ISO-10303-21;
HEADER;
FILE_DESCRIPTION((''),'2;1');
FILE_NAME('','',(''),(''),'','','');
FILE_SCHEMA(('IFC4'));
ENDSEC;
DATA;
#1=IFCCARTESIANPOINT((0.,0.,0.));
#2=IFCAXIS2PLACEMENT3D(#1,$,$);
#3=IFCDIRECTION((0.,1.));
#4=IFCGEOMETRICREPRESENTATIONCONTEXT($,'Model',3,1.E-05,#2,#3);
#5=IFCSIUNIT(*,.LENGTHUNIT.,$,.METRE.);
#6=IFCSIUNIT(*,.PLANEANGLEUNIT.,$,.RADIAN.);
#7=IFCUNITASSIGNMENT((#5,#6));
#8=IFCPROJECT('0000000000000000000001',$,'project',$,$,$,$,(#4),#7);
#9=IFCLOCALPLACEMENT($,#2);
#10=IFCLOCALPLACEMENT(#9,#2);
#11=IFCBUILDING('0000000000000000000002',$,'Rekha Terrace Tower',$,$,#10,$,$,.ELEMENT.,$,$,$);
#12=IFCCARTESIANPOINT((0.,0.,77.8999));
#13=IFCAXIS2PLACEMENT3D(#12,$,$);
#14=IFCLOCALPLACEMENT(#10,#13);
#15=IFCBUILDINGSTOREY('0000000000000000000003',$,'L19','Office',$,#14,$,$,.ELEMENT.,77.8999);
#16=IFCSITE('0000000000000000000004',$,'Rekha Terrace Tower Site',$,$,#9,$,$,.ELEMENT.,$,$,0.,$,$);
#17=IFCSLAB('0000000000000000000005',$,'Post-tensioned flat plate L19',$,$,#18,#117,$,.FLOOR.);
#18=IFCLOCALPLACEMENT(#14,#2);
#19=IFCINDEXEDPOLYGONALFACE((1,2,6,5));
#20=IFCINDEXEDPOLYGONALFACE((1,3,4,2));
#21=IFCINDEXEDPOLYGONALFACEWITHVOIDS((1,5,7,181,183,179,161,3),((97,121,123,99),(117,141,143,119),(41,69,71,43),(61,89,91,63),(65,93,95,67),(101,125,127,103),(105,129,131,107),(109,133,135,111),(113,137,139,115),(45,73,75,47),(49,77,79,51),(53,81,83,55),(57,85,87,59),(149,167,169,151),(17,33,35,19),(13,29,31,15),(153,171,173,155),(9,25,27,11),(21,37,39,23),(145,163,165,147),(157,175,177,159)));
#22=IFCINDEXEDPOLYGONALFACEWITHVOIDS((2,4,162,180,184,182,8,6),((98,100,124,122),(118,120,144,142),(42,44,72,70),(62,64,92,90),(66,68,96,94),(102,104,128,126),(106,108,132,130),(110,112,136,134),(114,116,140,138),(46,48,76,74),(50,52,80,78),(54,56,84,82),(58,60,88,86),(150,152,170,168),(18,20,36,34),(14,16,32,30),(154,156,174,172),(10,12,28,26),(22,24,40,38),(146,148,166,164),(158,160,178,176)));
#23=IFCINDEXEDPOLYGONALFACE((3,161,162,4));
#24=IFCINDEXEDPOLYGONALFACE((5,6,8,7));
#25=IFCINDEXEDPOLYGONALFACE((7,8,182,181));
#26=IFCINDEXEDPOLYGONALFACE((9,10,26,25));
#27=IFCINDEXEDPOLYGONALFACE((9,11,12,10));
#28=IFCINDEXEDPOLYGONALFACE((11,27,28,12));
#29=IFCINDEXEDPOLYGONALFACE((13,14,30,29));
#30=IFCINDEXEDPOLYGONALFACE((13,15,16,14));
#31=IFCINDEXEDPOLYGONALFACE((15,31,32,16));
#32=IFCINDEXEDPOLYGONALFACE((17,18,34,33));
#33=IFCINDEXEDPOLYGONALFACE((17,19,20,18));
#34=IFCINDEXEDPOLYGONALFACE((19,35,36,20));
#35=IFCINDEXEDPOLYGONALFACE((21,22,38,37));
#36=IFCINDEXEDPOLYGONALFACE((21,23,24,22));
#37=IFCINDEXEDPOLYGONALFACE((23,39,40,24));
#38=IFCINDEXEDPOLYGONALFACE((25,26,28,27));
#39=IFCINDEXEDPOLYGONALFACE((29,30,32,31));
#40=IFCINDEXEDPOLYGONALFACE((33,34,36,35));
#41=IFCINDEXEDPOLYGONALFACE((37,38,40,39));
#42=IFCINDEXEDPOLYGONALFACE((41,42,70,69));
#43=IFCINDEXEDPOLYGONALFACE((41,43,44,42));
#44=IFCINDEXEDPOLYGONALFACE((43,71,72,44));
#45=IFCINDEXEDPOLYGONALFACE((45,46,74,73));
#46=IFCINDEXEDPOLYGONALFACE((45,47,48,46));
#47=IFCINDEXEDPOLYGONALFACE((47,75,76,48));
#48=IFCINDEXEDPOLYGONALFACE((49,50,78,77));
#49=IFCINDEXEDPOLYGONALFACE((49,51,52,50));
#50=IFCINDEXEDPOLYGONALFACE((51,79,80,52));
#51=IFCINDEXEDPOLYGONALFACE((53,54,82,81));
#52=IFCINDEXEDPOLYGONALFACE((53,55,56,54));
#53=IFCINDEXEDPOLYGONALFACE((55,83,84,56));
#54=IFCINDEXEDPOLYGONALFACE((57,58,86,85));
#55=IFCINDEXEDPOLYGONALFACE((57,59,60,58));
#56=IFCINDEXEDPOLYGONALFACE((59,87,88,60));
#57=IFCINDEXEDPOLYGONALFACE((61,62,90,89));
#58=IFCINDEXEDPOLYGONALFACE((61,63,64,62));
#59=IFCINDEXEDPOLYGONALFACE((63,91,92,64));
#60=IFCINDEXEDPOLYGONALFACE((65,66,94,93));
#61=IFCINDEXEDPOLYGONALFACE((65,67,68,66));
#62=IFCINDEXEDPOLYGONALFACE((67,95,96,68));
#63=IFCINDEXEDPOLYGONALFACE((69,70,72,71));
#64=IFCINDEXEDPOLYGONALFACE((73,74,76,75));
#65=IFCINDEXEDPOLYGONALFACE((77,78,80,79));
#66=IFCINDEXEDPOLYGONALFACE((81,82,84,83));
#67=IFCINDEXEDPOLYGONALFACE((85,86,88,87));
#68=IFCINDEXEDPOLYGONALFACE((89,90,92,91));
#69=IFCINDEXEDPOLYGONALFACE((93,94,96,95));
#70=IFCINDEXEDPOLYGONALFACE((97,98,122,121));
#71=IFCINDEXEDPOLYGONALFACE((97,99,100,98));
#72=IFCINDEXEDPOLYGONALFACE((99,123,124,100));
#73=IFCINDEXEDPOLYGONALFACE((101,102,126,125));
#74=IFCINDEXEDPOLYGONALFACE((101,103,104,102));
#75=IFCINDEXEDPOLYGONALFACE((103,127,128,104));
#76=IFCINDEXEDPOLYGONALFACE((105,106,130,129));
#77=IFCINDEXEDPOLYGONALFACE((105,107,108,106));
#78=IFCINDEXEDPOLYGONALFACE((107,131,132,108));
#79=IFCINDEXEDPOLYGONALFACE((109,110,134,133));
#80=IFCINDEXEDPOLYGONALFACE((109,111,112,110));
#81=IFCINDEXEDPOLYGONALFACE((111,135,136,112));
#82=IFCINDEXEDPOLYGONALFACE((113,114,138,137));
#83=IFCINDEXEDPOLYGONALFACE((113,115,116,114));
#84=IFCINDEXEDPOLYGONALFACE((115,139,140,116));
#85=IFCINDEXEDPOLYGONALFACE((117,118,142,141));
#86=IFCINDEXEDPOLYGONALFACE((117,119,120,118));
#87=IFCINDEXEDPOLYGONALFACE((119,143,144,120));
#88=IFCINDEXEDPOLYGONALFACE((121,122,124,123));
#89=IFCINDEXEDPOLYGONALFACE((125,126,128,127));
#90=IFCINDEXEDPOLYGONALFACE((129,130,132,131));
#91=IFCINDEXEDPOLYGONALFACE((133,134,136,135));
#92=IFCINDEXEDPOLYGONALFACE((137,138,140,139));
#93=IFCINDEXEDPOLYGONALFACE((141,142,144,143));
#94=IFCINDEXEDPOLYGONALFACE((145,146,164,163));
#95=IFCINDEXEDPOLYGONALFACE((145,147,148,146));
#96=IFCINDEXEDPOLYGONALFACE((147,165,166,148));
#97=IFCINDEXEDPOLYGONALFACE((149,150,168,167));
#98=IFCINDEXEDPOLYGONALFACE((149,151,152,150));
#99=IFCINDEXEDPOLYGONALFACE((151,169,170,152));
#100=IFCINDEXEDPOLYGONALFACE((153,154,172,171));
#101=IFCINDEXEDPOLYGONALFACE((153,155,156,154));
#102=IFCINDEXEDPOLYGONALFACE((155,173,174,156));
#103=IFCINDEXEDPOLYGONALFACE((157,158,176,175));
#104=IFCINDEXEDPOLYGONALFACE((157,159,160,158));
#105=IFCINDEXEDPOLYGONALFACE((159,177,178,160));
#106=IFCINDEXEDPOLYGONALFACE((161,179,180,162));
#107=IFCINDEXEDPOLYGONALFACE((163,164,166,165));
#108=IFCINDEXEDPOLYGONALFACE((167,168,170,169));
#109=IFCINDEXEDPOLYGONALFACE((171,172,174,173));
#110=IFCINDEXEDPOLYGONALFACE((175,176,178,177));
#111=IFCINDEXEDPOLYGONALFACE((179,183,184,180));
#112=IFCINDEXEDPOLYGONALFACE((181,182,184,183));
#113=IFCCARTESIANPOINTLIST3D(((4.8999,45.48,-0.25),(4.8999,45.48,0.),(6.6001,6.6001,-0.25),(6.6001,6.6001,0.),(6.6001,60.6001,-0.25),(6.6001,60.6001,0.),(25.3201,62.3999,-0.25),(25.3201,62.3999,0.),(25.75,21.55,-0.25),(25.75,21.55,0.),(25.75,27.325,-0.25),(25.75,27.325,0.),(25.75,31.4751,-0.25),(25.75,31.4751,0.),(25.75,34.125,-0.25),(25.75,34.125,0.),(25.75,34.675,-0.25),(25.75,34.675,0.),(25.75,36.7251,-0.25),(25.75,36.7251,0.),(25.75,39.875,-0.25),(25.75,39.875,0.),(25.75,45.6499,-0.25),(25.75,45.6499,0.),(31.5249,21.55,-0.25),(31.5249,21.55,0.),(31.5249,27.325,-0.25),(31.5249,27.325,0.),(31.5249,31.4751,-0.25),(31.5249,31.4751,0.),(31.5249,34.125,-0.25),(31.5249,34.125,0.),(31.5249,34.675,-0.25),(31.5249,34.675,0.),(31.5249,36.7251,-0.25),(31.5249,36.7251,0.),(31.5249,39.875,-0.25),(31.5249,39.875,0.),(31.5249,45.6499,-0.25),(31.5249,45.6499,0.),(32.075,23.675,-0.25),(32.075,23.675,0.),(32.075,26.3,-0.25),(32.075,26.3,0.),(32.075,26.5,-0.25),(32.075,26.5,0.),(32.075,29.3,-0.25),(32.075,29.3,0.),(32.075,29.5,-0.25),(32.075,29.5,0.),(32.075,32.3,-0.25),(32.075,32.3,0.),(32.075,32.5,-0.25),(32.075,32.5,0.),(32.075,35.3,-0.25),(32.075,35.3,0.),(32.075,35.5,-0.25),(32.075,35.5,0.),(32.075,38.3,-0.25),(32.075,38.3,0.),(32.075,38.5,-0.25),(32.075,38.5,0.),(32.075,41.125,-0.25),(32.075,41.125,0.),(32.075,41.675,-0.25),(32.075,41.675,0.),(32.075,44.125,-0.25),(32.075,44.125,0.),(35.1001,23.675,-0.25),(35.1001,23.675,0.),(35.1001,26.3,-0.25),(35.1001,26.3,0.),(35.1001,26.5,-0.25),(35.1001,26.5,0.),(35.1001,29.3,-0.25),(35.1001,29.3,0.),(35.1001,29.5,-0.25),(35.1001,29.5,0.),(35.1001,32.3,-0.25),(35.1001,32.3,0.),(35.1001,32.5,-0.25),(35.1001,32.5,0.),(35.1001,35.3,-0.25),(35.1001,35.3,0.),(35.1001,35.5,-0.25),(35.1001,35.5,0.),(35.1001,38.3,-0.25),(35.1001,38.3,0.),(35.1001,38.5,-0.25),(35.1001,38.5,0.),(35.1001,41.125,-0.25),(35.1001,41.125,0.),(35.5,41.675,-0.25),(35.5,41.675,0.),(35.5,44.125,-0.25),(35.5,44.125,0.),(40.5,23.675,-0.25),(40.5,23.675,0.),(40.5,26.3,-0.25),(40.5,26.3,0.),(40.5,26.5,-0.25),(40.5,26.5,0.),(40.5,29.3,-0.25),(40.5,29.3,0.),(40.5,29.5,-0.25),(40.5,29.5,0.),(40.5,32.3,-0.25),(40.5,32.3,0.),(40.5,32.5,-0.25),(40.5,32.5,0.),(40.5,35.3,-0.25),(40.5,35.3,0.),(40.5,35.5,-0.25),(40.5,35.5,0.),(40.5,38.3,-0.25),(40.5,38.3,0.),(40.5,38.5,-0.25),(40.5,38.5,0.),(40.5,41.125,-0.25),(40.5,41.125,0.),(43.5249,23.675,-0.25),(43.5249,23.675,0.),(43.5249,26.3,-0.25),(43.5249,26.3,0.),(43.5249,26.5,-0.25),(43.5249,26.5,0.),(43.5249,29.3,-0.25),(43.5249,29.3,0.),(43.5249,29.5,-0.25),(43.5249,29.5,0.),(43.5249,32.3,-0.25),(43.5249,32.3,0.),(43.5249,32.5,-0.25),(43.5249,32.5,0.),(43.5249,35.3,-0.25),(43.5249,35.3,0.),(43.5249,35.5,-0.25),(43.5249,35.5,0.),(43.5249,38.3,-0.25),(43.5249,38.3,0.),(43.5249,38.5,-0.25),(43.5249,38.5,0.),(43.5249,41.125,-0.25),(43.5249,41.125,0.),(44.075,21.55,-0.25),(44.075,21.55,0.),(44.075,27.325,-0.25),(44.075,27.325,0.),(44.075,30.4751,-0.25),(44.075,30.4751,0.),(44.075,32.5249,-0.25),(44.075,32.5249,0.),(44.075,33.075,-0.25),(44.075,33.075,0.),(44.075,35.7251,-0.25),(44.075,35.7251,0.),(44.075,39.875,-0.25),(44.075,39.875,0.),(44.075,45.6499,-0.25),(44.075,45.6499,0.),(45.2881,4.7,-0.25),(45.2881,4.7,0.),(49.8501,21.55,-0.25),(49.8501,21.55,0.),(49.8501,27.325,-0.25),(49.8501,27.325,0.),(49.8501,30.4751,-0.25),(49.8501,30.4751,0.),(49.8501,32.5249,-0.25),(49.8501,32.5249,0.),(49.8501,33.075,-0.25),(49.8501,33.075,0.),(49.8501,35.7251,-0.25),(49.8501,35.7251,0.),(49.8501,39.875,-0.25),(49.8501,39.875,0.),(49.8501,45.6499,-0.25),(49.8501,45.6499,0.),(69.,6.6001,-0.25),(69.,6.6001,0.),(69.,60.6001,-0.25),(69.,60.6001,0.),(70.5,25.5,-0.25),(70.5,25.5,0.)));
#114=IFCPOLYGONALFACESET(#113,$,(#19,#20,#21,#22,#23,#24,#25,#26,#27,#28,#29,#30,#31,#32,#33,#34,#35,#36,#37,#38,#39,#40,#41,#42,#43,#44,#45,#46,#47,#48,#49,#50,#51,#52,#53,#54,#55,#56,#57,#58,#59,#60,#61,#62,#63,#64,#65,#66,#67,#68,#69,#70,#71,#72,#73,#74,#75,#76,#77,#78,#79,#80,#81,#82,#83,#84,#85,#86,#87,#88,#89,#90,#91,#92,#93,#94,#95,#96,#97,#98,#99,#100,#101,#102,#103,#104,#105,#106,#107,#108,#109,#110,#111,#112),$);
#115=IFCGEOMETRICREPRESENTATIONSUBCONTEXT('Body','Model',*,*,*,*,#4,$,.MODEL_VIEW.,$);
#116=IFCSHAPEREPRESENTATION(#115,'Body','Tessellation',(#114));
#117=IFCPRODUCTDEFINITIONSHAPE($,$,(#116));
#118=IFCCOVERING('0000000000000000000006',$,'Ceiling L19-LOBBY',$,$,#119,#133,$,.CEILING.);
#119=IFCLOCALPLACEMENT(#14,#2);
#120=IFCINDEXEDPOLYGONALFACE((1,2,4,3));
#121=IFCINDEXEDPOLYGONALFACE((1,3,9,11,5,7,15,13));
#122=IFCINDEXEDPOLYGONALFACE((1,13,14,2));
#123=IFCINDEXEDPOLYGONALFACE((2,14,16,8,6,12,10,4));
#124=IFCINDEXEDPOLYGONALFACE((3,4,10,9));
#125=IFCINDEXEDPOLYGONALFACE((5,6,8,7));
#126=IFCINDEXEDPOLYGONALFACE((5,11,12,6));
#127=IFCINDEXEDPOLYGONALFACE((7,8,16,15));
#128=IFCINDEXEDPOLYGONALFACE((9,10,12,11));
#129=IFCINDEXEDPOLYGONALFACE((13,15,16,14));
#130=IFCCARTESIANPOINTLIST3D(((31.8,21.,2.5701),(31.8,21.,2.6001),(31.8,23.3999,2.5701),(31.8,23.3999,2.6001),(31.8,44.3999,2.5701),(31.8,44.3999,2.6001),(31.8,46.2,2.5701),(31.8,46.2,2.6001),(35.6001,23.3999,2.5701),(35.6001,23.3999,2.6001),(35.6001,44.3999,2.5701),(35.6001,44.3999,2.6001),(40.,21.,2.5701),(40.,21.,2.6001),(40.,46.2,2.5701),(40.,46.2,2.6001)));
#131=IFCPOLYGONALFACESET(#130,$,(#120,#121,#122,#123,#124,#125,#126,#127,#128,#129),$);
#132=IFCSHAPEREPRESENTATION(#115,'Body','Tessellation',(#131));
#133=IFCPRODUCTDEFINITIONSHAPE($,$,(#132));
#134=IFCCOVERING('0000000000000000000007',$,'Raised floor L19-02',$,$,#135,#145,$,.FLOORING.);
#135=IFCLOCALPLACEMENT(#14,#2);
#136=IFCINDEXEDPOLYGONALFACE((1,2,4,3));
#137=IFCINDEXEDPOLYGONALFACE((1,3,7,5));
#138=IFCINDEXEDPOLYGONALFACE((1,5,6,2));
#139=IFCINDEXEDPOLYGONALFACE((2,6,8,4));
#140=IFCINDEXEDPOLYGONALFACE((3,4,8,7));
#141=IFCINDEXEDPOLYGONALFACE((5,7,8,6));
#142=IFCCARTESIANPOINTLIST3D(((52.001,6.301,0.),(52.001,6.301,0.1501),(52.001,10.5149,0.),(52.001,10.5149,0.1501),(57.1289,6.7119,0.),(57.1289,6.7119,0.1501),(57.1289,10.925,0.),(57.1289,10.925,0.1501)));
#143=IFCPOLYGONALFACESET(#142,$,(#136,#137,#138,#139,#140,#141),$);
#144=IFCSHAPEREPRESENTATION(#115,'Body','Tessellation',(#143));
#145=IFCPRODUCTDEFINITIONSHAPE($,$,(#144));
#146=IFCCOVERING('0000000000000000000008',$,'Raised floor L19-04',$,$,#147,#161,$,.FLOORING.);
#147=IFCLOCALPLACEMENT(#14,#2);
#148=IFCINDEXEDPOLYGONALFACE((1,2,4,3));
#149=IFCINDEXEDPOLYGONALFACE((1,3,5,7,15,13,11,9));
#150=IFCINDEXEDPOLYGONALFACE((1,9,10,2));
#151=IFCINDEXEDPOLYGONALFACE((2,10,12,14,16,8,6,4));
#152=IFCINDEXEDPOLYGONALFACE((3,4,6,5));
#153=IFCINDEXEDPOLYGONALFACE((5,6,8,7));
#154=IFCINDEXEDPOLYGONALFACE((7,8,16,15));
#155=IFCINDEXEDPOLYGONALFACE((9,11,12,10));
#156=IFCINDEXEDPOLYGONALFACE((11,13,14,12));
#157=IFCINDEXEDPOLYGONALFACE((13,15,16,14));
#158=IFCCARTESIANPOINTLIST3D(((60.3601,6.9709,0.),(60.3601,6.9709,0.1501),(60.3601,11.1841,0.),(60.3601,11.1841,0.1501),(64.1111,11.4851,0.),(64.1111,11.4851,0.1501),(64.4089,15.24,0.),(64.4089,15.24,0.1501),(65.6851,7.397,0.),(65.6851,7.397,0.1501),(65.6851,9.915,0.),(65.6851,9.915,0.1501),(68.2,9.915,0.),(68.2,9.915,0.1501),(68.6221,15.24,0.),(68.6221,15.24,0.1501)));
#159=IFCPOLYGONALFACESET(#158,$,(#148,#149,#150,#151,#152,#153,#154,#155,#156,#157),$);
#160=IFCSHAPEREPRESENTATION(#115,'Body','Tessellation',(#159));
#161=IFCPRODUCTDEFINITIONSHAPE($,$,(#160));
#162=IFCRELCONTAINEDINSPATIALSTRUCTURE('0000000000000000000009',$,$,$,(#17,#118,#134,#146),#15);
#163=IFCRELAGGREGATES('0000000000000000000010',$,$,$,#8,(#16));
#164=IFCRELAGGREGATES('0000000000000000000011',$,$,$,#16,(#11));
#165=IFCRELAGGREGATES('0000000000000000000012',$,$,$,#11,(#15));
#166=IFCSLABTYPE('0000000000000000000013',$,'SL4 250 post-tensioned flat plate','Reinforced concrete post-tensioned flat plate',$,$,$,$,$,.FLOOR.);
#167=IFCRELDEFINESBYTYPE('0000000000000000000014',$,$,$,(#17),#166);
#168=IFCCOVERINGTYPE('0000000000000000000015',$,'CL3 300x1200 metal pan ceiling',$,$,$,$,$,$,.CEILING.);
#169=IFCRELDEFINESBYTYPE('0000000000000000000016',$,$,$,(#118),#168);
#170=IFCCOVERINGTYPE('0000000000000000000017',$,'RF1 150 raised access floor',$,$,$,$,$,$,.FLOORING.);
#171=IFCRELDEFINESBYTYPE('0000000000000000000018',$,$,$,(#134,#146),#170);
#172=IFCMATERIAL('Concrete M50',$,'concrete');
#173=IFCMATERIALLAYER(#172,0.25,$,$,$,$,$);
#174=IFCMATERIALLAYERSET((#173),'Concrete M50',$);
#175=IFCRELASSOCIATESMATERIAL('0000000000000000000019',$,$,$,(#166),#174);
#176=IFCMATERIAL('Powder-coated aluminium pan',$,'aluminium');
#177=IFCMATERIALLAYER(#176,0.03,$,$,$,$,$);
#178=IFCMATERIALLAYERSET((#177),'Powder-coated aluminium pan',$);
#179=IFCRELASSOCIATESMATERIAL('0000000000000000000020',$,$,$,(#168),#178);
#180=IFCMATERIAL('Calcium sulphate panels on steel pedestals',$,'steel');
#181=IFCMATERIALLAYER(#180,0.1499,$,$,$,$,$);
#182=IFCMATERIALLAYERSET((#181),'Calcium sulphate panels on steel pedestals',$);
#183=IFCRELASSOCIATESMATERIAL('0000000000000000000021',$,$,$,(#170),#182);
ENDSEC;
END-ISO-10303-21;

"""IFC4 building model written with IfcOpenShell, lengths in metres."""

from ifc_helpers import new_model, si_unit, direction, frame, origin, place, context, subcontext, project, spatial, polyline, outline, extrude, material, layer, layer_set, type_object, element, save


model = new_model("IFC4")

# Units and contexts
model_context = context("Model", 3, precision=1e-05, world=origin(), true_north=direction((0.0, 1.0)))
body_context = subcontext(model_context, "Body", "Model", "MODEL_VIEW")
ifc_project = project(units=[si_unit("LENGTHUNIT", "METRE"), si_unit("PLANEANGLEUNIT", "RADIAN")], contexts=[model_context])

# Site, building, storey
site_placement = place(None, origin())
site = spatial("IfcSite", under=ifc_project, at=site_placement, Name="Rekha Terrace Tower Site", CompositionType="ELEMENT", RefElevation=0.0)
building_placement = place(site_placement, origin())
building = spatial("IfcBuilding", under=site, at=building_placement, Name="Rekha Terrace Tower", CompositionType="ELEMENT")
storey_placement = place(building_placement, frame((0.0, 0.0, 77.8999)))
storey = spatial("IfcBuildingStorey", under=building, at=storey_placement, Name="L19", Description="Office", CompositionType="ELEMENT", Elevation=77.8999)

# Slab
ifc_material_1 = material(Name="Concrete M50", Category="concrete")
ifc_layer_1 = layer(ifc_material_1, 0.25)
ifc_layer_set_1 = layer_set([ifc_layer_1], Name="Concrete M50")
slab_type_1 = type_object("IfcSlabType", Name="SL4 250 post-tensioned flat plate", Description="Reinforced concrete post-tensioned flat plate", PredefinedType="FLOOR", material=ifc_layer_set_1)
slab_1_placement = place(storey_placement, frame((0.0, 0.0, -0.25)))
element("IfcSlab", 1, at=slab_1_placement, inside=storey, type_object=slab_type_1, Name="Post-tensioned flat plate L19", PredefinedType="FLOOR", context=body_context, shape_type="SweptSolid", body=[
    extrude(outline(polyline([(4.8999, 45.48), (6.6001, 6.6001), (45.2881, 4.7), (69.0, 6.6001), (70.5, 25.5), (69.0, 60.6001), (25.3201, 62.3999), (6.6001, 60.6001), (4.8999, 45.48)]), holes=[polyline([(31.5249, 27.325), (31.5249, 21.55), (25.75, 21.55), (25.75, 27.325), (31.5249, 27.325)]), polyline([(35.1001, 26.3), (35.1001, 23.675), (32.075, 23.675), (32.075, 26.3), (35.1001, 26.3)]), polyline([(35.1001, 29.3), (35.1001, 26.5), (32.075, 26.5), (32.075, 29.3), (35.1001, 29.3)]), polyline([(35.1001, 29.5), (32.075, 29.5), (32.075, 32.3), (35.1001, 32.3), (35.1001, 29.5)]), polyline([(31.5249, 31.4751), (25.75, 31.4751), (25.75, 34.125), (31.5249, 34.125), (31.5249, 31.4751)]), polyline([(35.1001, 35.3), (35.1001, 32.5), (32.075, 32.5), (32.075, 35.3), (35.1001, 35.3)]), polyline([(31.5249, 36.7251), (31.5249, 34.675), (25.75, 34.675), (25.75, 36.7251), (31.5249, 36.7251)]), polyline([(35.1001, 38.3), (35.1001, 35.5), (32.075, 35.5), (32.075, 38.3), (35.1001, 38.3)]), polyline([(35.1001, 38.5), (32.075, 38.5), (32.075, 41.125), (35.1001, 41.125), (35.1001, 38.5)]), polyline([(31.5249, 39.875), (25.75, 39.875), (25.75, 45.6499), (31.5249, 45.6499), (31.5249, 39.875)]), polyline([(35.5, 44.125), (35.5, 41.675), (32.075, 41.675), (32.075, 44.125), (35.5, 44.125)]), polyline([(49.8501, 27.325), (49.8501, 21.55), (44.075, 21.55), (44.075, 27.325), (49.8501, 27.325)]), polyline([(43.5249, 26.3), (43.5249, 23.675), (40.5, 23.675), (40.5, 26.3), (43.5249, 26.3)]), polyline([(43.5249, 26.5), (40.5, 26.5), (40.5, 29.3), (43.5249, 29.3), (43.5249, 26.5)]), polyline([(43.5249, 29.5), (40.5, 29.5), (40.5, 32.3), (43.5249, 32.3), (43.5249, 29.5)]), polyline([(49.8501, 32.5249), (49.8501, 30.4751), (44.075, 30.4751), (44.075, 32.5249), (49.8501, 32.5249)]), polyline([(43.5249, 32.5), (40.5, 32.5), (40.5, 35.3), (43.5249, 35.3), (43.5249, 32.5)]), polyline([(49.8501, 33.075), (44.075, 33.075), (44.075, 35.7251), (49.8501, 35.7251), (49.8501, 33.075)]), polyline([(43.5249, 38.3), (43.5249, 35.5), (40.5, 35.5), (40.5, 38.3), (43.5249, 38.3)]), polyline([(43.5249, 38.5), (40.5, 38.5), (40.5, 41.125), (43.5249, 41.125), (43.5249, 38.5)]), polyline([(49.8501, 39.875), (44.075, 39.875), (44.075, 45.6499), (49.8501, 45.6499), (49.8501, 39.875)])]), origin(), (0.0, 0.0, 1.0), 0.25),
])

# Coverings
ifc_material_2 = material(Name="Powder-coated aluminium pan", Category="aluminium")
ifc_layer_2 = layer(ifc_material_2, 0.03)
ifc_layer_set_2 = layer_set([ifc_layer_2], Name="Powder-coated aluminium pan")
covering_type_1 = type_object("IfcCoveringType", Name="CL3 300x1200 metal pan ceiling", PredefinedType="CEILING", material=ifc_layer_set_2)
covering_1_placement = place(storey_placement, frame((0.0, 0.0, 2.5701)))
element("IfcCovering", 2, at=covering_1_placement, inside=storey, type_object=covering_type_1, Name="Ceiling L19-LOBBY", PredefinedType="CEILING", context=body_context, shape_type="SweptSolid", body=[
    extrude(outline(polyline([(35.6001, 44.3999), (35.6001, 23.3999), (31.8, 23.3999), (31.8, 21.0), (40.0, 21.0), (40.0, 46.2), (31.8, 46.2), (31.8, 44.3999), (35.6001, 44.3999)])), origin(), (0.0, 0.0, 1.0), 0.03),
])
ifc_material_3 = material(Name="Calcium sulphate panels on steel pedestals", Category="steel")
ifc_layer_3 = layer(ifc_material_3, 0.1499)
ifc_layer_set_3 = layer_set([ifc_layer_3], Name="Calcium sulphate panels on steel pedestals")
covering_type_2 = type_object("IfcCoveringType", Name="RF1 150 raised access floor", PredefinedType="FLOORING", material=ifc_layer_set_3)
covering_2_placement = place(storey_placement, origin())
element("IfcCovering", 3, at=covering_2_placement, inside=storey, type_object=covering_type_2, Name="Raised floor L19-02", PredefinedType="FLOORING", context=body_context, shape_type="SweptSolid", body=[
    extrude(outline(polyline([(57.1289, 6.7119), (57.1289, 10.925), (52.001, 10.5149), (52.001, 6.301), (57.1289, 6.7119)])), origin(), (0.0, 0.0, 1.0), 0.1501),
])
covering_3_placement = place(storey_placement, origin())
element("IfcCovering", 4, at=covering_3_placement, inside=storey, type_object=covering_type_2, Name="Raised floor L19-04", PredefinedType="FLOORING", context=body_context, shape_type="SweptSolid", body=[
    extrude(outline(polyline([(64.1111, 11.4851), (60.3601, 11.1841), (60.3601, 6.9709), (65.6851, 7.397), (65.6851, 9.915), (68.2, 9.915), (68.6221, 15.24), (64.4089, 15.24), (64.1111, 11.4851)])), origin(), (0.0, 0.0, 1.0), 0.1501),
])

save(model, "model.ifc")
